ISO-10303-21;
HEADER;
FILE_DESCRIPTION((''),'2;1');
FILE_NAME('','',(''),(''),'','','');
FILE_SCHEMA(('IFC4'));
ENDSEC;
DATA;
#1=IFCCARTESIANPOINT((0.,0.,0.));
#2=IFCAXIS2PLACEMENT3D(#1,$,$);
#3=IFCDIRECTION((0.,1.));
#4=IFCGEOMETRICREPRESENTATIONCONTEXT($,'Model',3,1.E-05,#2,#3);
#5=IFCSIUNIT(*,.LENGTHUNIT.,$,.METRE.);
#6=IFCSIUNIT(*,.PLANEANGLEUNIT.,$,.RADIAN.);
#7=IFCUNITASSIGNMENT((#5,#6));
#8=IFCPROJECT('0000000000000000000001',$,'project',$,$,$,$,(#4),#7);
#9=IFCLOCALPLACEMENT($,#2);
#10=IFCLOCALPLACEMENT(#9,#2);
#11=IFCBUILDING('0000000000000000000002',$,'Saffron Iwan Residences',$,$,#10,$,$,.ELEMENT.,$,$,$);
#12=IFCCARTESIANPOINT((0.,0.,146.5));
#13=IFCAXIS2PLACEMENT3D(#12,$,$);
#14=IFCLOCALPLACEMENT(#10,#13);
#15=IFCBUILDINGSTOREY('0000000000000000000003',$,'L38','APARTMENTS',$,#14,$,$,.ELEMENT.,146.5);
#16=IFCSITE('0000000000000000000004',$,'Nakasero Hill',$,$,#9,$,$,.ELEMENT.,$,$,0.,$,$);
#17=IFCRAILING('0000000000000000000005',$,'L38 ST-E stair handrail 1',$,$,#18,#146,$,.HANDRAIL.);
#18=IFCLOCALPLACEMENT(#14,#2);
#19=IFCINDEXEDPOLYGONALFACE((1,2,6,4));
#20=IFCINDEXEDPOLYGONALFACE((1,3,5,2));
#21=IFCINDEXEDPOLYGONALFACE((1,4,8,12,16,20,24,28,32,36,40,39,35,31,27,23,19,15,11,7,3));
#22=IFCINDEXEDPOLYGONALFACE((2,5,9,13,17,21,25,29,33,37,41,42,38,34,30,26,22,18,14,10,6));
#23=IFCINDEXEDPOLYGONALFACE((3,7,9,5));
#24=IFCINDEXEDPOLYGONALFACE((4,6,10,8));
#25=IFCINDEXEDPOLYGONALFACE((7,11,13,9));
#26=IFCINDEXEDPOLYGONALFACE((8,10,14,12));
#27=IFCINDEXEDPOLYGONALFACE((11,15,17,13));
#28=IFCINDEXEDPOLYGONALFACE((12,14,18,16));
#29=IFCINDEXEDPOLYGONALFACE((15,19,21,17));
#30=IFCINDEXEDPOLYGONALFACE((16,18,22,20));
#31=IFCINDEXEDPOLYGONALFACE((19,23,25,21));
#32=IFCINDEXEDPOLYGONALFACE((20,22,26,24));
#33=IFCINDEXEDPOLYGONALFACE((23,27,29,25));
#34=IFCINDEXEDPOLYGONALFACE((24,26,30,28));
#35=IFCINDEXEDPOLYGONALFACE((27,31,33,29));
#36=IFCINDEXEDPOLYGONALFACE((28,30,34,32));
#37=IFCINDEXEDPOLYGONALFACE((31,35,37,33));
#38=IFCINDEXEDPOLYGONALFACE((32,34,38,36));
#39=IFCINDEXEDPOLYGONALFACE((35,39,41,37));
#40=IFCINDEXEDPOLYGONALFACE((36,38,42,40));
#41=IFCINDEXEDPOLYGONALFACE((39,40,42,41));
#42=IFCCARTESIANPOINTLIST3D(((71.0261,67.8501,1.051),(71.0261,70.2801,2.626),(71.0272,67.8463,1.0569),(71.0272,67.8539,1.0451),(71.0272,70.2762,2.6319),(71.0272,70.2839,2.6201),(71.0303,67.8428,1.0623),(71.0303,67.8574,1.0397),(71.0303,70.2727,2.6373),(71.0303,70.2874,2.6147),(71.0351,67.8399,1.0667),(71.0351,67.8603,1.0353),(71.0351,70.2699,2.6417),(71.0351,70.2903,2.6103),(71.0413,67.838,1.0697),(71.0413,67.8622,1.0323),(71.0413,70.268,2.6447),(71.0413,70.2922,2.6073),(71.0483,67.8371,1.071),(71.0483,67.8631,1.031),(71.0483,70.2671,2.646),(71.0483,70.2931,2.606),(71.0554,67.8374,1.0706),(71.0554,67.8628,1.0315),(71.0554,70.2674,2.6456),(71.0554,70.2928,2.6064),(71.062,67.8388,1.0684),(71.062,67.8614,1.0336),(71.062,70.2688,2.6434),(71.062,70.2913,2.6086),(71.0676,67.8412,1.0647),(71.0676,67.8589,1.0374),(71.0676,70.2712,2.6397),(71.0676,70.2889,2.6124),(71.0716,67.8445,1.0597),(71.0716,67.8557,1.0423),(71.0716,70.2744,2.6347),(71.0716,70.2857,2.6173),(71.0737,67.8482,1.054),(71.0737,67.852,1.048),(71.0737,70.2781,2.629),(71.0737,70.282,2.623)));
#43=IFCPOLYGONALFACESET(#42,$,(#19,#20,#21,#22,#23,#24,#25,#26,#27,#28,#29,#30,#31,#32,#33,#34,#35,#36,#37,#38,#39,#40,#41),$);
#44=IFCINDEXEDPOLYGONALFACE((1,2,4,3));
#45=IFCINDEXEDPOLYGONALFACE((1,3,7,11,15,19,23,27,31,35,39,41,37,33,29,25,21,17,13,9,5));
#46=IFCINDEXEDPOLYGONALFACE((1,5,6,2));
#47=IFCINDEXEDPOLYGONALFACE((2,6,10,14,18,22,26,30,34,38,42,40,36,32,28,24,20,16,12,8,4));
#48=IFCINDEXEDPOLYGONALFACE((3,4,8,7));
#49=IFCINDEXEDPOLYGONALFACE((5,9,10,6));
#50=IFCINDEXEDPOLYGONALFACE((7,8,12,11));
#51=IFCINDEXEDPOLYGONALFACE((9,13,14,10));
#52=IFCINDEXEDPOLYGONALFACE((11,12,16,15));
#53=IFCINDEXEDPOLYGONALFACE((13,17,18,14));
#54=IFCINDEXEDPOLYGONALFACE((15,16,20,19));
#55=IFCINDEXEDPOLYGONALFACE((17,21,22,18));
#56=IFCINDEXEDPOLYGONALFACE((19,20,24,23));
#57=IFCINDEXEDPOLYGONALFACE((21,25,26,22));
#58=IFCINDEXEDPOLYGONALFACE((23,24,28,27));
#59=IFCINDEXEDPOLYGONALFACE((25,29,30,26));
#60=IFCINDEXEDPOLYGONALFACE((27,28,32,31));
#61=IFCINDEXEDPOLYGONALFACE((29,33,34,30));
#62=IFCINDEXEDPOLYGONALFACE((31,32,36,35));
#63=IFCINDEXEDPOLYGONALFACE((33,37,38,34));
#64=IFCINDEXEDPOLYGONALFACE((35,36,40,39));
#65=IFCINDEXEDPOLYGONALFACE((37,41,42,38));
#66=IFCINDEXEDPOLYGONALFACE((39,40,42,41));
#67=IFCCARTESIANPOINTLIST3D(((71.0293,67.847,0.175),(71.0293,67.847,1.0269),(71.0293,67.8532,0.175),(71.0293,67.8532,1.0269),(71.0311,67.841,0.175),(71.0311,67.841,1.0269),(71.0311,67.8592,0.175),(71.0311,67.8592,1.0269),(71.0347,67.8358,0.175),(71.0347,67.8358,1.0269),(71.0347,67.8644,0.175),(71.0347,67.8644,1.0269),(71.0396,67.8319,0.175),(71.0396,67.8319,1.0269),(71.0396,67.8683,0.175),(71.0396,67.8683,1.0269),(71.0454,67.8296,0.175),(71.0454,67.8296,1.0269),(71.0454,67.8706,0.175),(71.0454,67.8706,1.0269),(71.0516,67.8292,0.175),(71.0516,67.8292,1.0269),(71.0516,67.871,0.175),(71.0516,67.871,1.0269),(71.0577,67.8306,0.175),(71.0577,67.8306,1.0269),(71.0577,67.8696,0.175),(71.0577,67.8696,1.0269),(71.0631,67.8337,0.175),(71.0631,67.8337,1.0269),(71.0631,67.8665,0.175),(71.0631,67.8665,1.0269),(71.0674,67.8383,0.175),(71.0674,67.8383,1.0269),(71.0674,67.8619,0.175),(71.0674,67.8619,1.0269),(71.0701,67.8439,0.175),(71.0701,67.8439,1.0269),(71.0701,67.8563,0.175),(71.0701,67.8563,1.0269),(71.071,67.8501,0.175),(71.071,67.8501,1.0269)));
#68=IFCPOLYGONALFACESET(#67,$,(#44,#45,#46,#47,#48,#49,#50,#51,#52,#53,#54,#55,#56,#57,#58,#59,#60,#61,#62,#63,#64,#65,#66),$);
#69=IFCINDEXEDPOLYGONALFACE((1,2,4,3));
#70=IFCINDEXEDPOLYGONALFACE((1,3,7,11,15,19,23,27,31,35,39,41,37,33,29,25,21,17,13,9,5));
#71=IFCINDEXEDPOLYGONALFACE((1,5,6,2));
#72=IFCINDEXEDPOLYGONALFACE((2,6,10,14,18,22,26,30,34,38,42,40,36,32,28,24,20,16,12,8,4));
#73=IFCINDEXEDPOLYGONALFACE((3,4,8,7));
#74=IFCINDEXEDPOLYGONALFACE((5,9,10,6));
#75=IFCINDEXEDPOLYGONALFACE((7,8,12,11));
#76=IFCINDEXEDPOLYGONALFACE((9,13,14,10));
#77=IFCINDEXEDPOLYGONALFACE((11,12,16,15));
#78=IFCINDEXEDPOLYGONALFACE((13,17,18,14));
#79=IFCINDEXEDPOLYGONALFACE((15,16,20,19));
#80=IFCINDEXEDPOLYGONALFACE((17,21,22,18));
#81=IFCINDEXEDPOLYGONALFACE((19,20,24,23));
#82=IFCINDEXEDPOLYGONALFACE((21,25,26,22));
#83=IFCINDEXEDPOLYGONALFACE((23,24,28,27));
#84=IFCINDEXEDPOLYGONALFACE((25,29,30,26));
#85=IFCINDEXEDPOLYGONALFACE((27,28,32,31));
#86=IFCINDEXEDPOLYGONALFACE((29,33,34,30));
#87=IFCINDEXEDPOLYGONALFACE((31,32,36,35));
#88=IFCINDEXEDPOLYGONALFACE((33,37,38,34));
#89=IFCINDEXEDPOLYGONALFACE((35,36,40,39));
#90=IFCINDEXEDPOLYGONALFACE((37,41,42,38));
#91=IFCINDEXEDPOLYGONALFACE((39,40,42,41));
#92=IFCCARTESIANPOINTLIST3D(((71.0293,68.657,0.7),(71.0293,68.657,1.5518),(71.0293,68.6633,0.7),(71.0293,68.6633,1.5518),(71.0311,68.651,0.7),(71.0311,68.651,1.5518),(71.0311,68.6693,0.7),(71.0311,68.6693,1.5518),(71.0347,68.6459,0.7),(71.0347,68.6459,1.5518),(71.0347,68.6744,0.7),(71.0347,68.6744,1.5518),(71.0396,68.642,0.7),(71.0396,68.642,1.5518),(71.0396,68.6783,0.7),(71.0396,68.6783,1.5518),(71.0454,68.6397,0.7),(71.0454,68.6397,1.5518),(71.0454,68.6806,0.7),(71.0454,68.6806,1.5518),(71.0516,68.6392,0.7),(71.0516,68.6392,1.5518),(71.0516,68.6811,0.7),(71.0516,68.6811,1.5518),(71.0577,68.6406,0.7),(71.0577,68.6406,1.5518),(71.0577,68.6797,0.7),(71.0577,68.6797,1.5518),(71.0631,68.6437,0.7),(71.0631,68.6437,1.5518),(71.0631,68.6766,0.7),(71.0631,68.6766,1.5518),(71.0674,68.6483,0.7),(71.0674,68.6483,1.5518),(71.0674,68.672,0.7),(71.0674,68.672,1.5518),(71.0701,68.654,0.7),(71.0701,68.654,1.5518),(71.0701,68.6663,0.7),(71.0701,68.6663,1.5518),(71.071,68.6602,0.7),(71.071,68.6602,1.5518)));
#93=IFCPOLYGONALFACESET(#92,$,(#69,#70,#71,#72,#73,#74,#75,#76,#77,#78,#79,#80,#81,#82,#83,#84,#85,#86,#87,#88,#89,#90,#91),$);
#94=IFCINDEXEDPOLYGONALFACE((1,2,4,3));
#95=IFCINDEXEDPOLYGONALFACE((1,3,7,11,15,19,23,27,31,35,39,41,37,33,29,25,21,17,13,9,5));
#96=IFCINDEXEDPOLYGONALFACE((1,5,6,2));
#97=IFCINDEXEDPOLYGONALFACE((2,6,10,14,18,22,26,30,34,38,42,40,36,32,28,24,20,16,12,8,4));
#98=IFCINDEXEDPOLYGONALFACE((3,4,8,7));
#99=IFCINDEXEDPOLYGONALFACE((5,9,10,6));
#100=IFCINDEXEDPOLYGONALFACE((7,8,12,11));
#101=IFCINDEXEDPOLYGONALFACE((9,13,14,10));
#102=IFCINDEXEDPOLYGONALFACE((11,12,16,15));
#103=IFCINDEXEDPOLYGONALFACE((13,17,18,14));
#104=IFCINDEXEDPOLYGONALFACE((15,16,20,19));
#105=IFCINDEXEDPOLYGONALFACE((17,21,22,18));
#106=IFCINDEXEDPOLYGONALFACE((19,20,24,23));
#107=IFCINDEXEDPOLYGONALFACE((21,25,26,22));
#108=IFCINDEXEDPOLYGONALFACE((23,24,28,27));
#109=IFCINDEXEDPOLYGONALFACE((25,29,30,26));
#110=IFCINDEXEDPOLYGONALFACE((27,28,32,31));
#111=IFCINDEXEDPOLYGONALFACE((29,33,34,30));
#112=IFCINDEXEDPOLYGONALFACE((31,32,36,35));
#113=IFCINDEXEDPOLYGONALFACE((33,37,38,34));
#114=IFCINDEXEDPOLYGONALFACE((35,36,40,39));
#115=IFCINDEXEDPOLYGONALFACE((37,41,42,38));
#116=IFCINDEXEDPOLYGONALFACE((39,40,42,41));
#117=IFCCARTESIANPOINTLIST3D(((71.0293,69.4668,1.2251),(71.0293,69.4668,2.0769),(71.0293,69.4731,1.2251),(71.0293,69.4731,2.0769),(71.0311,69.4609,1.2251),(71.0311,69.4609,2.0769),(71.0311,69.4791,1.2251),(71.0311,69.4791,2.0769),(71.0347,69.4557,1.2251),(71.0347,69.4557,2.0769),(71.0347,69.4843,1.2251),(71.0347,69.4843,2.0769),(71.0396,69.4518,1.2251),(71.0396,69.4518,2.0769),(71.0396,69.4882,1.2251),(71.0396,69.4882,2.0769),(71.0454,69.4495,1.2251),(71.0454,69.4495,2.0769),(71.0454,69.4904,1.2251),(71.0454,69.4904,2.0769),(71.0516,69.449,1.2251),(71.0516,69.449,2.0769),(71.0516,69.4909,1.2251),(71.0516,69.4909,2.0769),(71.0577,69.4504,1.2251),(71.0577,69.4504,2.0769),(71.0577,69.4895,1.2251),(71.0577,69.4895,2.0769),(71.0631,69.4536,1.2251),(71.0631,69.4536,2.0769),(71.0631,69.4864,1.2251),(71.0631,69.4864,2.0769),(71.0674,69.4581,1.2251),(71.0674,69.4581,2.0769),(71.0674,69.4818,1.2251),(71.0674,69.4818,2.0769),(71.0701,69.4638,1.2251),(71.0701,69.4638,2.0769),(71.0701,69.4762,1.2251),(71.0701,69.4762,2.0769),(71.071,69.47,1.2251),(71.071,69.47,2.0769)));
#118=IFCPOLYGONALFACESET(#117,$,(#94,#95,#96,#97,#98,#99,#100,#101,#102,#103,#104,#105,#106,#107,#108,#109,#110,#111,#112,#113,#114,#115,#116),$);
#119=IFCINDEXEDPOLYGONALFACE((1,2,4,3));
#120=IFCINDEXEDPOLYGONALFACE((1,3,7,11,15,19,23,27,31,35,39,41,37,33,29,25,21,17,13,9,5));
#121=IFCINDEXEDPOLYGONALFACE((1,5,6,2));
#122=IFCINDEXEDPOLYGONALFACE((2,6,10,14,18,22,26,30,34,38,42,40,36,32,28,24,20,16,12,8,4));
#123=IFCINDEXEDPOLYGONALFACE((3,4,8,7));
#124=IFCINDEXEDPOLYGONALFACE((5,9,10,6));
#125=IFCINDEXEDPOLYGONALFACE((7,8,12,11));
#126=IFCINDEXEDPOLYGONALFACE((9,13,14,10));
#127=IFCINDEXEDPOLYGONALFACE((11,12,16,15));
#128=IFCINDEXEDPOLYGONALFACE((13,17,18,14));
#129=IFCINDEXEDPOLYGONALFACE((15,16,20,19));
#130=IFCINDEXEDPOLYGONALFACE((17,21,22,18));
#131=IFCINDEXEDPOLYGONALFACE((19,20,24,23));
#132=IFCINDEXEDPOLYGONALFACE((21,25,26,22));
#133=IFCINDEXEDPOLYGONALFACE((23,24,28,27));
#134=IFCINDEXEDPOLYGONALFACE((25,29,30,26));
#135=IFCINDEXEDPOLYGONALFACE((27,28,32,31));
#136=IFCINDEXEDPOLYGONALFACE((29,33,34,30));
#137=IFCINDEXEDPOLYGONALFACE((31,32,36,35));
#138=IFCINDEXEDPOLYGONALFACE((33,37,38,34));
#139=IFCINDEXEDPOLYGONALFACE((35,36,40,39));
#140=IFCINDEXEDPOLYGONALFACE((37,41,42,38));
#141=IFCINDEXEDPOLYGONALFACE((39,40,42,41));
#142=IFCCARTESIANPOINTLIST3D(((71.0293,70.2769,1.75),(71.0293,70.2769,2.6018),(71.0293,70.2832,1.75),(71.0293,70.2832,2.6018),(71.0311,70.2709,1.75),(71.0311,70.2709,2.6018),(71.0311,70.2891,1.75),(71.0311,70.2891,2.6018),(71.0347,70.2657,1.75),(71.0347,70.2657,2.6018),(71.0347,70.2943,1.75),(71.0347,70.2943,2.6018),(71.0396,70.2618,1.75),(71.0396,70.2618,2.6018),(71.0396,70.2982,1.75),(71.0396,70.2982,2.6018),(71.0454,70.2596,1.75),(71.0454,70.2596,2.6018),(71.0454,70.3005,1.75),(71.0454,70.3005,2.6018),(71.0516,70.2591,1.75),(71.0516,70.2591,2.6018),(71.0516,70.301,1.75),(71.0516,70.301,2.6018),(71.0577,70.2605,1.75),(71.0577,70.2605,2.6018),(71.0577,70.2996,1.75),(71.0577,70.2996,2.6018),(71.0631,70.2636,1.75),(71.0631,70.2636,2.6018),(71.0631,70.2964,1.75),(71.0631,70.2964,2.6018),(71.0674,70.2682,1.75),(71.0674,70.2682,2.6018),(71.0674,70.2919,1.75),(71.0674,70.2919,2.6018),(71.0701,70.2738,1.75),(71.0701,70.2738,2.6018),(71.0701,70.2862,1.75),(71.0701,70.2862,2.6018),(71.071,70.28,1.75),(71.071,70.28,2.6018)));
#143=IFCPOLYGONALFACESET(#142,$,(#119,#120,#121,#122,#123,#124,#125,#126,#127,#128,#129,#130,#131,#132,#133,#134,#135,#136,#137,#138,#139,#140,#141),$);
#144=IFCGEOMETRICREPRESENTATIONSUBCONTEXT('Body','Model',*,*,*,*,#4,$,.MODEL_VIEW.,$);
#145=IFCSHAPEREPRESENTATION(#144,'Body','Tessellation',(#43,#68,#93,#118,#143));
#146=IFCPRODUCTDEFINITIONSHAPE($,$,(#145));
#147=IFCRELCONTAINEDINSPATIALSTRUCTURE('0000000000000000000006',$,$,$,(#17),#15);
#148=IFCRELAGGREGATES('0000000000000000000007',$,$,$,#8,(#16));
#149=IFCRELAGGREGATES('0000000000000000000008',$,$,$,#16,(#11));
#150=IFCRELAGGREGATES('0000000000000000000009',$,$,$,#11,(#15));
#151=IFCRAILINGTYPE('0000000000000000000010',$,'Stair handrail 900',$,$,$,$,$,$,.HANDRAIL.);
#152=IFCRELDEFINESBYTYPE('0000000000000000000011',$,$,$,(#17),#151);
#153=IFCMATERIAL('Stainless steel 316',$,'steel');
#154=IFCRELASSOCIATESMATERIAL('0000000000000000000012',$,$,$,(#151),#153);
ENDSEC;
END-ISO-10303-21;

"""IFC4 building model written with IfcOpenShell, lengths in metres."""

from ifc_helpers import new_model, si_unit, direction, frame, origin, origin_2d, place, context, subcontext, project, spatial, circle, extrude, material, type_object, element, save


model = new_model("IFC4")

# Units and contexts
model_context = context("Model", 3, precision=1e-05, world=origin(), true_north=direction((0.0, 1.0)))
body_context = subcontext(model_context, "Body", "Model", "MODEL_VIEW")
ifc_project = project(units=[si_unit("LENGTHUNIT", "METRE"), si_unit("PLANEANGLEUNIT", "RADIAN")], contexts=[model_context])

# Site, building, storey
site_placement = place(None, origin())
site = spatial("IfcSite", under=ifc_project, at=site_placement, Name="Nakasero Hill", CompositionType="ELEMENT", RefElevation=0.0)
building_placement = place(site_placement, origin())
building = spatial("IfcBuilding", under=site, at=building_placement, Name="Saffron Iwan Residences", CompositionType="ELEMENT")
storey_placement = place(building_placement, frame((0.0, 0.0, 146.5)))
storey = spatial("IfcBuildingStorey", under=building, at=storey_placement, Name="L38", Description="APARTMENTS", CompositionType="ELEMENT", Elevation=146.5)

# Railing
ifc_material_1 = material(Name="Stainless steel 316", Category="steel")
railing_type_1 = type_object("IfcRailingType", Name="Stair handrail 900", PredefinedType="HANDRAIL", material=ifc_material_1)
railing_1_placement = place(storey_placement, frame((71.05, 67.8501, 0.175)))
element("IfcRailing", 1, at=railing_1_placement, inside=storey, type_object=railing_type_1, Name="L38 ST-E stair handrail 1", PredefinedType="HANDRAIL", context=body_context, shape_type="SweptSolid", body=[
    extrude(circle(Radius=0.0239, at=origin_2d()), frame((0.0, 0.0, 0.876), z_axis=(0.0, 0.839154, 0.543894), x_axis=(-1.0, 0.0, 0.0)), (0.0, 0.0, 1.0), 2.8958),
    extrude(circle(Radius=0.021, at=origin_2d()), origin(), (0.0, 0.0, 1.0), 0.8518),
    extrude(circle(Radius=0.021, at=origin_2d()), frame((0.0, 0.8101, 0.5249)), (0.0, 0.0, 1.0), 0.8518),
    extrude(circle(Radius=0.021, at=origin_2d()), frame((0.0, 1.6199, 1.05)), (0.0, 0.0, 1.0), 0.8518),
    extrude(circle(Radius=0.021, at=origin_2d()), frame((0.0, 2.4299, 1.575)), (0.0, 0.0, 1.0), 0.8518),
])

save(model, "model.ifc")
